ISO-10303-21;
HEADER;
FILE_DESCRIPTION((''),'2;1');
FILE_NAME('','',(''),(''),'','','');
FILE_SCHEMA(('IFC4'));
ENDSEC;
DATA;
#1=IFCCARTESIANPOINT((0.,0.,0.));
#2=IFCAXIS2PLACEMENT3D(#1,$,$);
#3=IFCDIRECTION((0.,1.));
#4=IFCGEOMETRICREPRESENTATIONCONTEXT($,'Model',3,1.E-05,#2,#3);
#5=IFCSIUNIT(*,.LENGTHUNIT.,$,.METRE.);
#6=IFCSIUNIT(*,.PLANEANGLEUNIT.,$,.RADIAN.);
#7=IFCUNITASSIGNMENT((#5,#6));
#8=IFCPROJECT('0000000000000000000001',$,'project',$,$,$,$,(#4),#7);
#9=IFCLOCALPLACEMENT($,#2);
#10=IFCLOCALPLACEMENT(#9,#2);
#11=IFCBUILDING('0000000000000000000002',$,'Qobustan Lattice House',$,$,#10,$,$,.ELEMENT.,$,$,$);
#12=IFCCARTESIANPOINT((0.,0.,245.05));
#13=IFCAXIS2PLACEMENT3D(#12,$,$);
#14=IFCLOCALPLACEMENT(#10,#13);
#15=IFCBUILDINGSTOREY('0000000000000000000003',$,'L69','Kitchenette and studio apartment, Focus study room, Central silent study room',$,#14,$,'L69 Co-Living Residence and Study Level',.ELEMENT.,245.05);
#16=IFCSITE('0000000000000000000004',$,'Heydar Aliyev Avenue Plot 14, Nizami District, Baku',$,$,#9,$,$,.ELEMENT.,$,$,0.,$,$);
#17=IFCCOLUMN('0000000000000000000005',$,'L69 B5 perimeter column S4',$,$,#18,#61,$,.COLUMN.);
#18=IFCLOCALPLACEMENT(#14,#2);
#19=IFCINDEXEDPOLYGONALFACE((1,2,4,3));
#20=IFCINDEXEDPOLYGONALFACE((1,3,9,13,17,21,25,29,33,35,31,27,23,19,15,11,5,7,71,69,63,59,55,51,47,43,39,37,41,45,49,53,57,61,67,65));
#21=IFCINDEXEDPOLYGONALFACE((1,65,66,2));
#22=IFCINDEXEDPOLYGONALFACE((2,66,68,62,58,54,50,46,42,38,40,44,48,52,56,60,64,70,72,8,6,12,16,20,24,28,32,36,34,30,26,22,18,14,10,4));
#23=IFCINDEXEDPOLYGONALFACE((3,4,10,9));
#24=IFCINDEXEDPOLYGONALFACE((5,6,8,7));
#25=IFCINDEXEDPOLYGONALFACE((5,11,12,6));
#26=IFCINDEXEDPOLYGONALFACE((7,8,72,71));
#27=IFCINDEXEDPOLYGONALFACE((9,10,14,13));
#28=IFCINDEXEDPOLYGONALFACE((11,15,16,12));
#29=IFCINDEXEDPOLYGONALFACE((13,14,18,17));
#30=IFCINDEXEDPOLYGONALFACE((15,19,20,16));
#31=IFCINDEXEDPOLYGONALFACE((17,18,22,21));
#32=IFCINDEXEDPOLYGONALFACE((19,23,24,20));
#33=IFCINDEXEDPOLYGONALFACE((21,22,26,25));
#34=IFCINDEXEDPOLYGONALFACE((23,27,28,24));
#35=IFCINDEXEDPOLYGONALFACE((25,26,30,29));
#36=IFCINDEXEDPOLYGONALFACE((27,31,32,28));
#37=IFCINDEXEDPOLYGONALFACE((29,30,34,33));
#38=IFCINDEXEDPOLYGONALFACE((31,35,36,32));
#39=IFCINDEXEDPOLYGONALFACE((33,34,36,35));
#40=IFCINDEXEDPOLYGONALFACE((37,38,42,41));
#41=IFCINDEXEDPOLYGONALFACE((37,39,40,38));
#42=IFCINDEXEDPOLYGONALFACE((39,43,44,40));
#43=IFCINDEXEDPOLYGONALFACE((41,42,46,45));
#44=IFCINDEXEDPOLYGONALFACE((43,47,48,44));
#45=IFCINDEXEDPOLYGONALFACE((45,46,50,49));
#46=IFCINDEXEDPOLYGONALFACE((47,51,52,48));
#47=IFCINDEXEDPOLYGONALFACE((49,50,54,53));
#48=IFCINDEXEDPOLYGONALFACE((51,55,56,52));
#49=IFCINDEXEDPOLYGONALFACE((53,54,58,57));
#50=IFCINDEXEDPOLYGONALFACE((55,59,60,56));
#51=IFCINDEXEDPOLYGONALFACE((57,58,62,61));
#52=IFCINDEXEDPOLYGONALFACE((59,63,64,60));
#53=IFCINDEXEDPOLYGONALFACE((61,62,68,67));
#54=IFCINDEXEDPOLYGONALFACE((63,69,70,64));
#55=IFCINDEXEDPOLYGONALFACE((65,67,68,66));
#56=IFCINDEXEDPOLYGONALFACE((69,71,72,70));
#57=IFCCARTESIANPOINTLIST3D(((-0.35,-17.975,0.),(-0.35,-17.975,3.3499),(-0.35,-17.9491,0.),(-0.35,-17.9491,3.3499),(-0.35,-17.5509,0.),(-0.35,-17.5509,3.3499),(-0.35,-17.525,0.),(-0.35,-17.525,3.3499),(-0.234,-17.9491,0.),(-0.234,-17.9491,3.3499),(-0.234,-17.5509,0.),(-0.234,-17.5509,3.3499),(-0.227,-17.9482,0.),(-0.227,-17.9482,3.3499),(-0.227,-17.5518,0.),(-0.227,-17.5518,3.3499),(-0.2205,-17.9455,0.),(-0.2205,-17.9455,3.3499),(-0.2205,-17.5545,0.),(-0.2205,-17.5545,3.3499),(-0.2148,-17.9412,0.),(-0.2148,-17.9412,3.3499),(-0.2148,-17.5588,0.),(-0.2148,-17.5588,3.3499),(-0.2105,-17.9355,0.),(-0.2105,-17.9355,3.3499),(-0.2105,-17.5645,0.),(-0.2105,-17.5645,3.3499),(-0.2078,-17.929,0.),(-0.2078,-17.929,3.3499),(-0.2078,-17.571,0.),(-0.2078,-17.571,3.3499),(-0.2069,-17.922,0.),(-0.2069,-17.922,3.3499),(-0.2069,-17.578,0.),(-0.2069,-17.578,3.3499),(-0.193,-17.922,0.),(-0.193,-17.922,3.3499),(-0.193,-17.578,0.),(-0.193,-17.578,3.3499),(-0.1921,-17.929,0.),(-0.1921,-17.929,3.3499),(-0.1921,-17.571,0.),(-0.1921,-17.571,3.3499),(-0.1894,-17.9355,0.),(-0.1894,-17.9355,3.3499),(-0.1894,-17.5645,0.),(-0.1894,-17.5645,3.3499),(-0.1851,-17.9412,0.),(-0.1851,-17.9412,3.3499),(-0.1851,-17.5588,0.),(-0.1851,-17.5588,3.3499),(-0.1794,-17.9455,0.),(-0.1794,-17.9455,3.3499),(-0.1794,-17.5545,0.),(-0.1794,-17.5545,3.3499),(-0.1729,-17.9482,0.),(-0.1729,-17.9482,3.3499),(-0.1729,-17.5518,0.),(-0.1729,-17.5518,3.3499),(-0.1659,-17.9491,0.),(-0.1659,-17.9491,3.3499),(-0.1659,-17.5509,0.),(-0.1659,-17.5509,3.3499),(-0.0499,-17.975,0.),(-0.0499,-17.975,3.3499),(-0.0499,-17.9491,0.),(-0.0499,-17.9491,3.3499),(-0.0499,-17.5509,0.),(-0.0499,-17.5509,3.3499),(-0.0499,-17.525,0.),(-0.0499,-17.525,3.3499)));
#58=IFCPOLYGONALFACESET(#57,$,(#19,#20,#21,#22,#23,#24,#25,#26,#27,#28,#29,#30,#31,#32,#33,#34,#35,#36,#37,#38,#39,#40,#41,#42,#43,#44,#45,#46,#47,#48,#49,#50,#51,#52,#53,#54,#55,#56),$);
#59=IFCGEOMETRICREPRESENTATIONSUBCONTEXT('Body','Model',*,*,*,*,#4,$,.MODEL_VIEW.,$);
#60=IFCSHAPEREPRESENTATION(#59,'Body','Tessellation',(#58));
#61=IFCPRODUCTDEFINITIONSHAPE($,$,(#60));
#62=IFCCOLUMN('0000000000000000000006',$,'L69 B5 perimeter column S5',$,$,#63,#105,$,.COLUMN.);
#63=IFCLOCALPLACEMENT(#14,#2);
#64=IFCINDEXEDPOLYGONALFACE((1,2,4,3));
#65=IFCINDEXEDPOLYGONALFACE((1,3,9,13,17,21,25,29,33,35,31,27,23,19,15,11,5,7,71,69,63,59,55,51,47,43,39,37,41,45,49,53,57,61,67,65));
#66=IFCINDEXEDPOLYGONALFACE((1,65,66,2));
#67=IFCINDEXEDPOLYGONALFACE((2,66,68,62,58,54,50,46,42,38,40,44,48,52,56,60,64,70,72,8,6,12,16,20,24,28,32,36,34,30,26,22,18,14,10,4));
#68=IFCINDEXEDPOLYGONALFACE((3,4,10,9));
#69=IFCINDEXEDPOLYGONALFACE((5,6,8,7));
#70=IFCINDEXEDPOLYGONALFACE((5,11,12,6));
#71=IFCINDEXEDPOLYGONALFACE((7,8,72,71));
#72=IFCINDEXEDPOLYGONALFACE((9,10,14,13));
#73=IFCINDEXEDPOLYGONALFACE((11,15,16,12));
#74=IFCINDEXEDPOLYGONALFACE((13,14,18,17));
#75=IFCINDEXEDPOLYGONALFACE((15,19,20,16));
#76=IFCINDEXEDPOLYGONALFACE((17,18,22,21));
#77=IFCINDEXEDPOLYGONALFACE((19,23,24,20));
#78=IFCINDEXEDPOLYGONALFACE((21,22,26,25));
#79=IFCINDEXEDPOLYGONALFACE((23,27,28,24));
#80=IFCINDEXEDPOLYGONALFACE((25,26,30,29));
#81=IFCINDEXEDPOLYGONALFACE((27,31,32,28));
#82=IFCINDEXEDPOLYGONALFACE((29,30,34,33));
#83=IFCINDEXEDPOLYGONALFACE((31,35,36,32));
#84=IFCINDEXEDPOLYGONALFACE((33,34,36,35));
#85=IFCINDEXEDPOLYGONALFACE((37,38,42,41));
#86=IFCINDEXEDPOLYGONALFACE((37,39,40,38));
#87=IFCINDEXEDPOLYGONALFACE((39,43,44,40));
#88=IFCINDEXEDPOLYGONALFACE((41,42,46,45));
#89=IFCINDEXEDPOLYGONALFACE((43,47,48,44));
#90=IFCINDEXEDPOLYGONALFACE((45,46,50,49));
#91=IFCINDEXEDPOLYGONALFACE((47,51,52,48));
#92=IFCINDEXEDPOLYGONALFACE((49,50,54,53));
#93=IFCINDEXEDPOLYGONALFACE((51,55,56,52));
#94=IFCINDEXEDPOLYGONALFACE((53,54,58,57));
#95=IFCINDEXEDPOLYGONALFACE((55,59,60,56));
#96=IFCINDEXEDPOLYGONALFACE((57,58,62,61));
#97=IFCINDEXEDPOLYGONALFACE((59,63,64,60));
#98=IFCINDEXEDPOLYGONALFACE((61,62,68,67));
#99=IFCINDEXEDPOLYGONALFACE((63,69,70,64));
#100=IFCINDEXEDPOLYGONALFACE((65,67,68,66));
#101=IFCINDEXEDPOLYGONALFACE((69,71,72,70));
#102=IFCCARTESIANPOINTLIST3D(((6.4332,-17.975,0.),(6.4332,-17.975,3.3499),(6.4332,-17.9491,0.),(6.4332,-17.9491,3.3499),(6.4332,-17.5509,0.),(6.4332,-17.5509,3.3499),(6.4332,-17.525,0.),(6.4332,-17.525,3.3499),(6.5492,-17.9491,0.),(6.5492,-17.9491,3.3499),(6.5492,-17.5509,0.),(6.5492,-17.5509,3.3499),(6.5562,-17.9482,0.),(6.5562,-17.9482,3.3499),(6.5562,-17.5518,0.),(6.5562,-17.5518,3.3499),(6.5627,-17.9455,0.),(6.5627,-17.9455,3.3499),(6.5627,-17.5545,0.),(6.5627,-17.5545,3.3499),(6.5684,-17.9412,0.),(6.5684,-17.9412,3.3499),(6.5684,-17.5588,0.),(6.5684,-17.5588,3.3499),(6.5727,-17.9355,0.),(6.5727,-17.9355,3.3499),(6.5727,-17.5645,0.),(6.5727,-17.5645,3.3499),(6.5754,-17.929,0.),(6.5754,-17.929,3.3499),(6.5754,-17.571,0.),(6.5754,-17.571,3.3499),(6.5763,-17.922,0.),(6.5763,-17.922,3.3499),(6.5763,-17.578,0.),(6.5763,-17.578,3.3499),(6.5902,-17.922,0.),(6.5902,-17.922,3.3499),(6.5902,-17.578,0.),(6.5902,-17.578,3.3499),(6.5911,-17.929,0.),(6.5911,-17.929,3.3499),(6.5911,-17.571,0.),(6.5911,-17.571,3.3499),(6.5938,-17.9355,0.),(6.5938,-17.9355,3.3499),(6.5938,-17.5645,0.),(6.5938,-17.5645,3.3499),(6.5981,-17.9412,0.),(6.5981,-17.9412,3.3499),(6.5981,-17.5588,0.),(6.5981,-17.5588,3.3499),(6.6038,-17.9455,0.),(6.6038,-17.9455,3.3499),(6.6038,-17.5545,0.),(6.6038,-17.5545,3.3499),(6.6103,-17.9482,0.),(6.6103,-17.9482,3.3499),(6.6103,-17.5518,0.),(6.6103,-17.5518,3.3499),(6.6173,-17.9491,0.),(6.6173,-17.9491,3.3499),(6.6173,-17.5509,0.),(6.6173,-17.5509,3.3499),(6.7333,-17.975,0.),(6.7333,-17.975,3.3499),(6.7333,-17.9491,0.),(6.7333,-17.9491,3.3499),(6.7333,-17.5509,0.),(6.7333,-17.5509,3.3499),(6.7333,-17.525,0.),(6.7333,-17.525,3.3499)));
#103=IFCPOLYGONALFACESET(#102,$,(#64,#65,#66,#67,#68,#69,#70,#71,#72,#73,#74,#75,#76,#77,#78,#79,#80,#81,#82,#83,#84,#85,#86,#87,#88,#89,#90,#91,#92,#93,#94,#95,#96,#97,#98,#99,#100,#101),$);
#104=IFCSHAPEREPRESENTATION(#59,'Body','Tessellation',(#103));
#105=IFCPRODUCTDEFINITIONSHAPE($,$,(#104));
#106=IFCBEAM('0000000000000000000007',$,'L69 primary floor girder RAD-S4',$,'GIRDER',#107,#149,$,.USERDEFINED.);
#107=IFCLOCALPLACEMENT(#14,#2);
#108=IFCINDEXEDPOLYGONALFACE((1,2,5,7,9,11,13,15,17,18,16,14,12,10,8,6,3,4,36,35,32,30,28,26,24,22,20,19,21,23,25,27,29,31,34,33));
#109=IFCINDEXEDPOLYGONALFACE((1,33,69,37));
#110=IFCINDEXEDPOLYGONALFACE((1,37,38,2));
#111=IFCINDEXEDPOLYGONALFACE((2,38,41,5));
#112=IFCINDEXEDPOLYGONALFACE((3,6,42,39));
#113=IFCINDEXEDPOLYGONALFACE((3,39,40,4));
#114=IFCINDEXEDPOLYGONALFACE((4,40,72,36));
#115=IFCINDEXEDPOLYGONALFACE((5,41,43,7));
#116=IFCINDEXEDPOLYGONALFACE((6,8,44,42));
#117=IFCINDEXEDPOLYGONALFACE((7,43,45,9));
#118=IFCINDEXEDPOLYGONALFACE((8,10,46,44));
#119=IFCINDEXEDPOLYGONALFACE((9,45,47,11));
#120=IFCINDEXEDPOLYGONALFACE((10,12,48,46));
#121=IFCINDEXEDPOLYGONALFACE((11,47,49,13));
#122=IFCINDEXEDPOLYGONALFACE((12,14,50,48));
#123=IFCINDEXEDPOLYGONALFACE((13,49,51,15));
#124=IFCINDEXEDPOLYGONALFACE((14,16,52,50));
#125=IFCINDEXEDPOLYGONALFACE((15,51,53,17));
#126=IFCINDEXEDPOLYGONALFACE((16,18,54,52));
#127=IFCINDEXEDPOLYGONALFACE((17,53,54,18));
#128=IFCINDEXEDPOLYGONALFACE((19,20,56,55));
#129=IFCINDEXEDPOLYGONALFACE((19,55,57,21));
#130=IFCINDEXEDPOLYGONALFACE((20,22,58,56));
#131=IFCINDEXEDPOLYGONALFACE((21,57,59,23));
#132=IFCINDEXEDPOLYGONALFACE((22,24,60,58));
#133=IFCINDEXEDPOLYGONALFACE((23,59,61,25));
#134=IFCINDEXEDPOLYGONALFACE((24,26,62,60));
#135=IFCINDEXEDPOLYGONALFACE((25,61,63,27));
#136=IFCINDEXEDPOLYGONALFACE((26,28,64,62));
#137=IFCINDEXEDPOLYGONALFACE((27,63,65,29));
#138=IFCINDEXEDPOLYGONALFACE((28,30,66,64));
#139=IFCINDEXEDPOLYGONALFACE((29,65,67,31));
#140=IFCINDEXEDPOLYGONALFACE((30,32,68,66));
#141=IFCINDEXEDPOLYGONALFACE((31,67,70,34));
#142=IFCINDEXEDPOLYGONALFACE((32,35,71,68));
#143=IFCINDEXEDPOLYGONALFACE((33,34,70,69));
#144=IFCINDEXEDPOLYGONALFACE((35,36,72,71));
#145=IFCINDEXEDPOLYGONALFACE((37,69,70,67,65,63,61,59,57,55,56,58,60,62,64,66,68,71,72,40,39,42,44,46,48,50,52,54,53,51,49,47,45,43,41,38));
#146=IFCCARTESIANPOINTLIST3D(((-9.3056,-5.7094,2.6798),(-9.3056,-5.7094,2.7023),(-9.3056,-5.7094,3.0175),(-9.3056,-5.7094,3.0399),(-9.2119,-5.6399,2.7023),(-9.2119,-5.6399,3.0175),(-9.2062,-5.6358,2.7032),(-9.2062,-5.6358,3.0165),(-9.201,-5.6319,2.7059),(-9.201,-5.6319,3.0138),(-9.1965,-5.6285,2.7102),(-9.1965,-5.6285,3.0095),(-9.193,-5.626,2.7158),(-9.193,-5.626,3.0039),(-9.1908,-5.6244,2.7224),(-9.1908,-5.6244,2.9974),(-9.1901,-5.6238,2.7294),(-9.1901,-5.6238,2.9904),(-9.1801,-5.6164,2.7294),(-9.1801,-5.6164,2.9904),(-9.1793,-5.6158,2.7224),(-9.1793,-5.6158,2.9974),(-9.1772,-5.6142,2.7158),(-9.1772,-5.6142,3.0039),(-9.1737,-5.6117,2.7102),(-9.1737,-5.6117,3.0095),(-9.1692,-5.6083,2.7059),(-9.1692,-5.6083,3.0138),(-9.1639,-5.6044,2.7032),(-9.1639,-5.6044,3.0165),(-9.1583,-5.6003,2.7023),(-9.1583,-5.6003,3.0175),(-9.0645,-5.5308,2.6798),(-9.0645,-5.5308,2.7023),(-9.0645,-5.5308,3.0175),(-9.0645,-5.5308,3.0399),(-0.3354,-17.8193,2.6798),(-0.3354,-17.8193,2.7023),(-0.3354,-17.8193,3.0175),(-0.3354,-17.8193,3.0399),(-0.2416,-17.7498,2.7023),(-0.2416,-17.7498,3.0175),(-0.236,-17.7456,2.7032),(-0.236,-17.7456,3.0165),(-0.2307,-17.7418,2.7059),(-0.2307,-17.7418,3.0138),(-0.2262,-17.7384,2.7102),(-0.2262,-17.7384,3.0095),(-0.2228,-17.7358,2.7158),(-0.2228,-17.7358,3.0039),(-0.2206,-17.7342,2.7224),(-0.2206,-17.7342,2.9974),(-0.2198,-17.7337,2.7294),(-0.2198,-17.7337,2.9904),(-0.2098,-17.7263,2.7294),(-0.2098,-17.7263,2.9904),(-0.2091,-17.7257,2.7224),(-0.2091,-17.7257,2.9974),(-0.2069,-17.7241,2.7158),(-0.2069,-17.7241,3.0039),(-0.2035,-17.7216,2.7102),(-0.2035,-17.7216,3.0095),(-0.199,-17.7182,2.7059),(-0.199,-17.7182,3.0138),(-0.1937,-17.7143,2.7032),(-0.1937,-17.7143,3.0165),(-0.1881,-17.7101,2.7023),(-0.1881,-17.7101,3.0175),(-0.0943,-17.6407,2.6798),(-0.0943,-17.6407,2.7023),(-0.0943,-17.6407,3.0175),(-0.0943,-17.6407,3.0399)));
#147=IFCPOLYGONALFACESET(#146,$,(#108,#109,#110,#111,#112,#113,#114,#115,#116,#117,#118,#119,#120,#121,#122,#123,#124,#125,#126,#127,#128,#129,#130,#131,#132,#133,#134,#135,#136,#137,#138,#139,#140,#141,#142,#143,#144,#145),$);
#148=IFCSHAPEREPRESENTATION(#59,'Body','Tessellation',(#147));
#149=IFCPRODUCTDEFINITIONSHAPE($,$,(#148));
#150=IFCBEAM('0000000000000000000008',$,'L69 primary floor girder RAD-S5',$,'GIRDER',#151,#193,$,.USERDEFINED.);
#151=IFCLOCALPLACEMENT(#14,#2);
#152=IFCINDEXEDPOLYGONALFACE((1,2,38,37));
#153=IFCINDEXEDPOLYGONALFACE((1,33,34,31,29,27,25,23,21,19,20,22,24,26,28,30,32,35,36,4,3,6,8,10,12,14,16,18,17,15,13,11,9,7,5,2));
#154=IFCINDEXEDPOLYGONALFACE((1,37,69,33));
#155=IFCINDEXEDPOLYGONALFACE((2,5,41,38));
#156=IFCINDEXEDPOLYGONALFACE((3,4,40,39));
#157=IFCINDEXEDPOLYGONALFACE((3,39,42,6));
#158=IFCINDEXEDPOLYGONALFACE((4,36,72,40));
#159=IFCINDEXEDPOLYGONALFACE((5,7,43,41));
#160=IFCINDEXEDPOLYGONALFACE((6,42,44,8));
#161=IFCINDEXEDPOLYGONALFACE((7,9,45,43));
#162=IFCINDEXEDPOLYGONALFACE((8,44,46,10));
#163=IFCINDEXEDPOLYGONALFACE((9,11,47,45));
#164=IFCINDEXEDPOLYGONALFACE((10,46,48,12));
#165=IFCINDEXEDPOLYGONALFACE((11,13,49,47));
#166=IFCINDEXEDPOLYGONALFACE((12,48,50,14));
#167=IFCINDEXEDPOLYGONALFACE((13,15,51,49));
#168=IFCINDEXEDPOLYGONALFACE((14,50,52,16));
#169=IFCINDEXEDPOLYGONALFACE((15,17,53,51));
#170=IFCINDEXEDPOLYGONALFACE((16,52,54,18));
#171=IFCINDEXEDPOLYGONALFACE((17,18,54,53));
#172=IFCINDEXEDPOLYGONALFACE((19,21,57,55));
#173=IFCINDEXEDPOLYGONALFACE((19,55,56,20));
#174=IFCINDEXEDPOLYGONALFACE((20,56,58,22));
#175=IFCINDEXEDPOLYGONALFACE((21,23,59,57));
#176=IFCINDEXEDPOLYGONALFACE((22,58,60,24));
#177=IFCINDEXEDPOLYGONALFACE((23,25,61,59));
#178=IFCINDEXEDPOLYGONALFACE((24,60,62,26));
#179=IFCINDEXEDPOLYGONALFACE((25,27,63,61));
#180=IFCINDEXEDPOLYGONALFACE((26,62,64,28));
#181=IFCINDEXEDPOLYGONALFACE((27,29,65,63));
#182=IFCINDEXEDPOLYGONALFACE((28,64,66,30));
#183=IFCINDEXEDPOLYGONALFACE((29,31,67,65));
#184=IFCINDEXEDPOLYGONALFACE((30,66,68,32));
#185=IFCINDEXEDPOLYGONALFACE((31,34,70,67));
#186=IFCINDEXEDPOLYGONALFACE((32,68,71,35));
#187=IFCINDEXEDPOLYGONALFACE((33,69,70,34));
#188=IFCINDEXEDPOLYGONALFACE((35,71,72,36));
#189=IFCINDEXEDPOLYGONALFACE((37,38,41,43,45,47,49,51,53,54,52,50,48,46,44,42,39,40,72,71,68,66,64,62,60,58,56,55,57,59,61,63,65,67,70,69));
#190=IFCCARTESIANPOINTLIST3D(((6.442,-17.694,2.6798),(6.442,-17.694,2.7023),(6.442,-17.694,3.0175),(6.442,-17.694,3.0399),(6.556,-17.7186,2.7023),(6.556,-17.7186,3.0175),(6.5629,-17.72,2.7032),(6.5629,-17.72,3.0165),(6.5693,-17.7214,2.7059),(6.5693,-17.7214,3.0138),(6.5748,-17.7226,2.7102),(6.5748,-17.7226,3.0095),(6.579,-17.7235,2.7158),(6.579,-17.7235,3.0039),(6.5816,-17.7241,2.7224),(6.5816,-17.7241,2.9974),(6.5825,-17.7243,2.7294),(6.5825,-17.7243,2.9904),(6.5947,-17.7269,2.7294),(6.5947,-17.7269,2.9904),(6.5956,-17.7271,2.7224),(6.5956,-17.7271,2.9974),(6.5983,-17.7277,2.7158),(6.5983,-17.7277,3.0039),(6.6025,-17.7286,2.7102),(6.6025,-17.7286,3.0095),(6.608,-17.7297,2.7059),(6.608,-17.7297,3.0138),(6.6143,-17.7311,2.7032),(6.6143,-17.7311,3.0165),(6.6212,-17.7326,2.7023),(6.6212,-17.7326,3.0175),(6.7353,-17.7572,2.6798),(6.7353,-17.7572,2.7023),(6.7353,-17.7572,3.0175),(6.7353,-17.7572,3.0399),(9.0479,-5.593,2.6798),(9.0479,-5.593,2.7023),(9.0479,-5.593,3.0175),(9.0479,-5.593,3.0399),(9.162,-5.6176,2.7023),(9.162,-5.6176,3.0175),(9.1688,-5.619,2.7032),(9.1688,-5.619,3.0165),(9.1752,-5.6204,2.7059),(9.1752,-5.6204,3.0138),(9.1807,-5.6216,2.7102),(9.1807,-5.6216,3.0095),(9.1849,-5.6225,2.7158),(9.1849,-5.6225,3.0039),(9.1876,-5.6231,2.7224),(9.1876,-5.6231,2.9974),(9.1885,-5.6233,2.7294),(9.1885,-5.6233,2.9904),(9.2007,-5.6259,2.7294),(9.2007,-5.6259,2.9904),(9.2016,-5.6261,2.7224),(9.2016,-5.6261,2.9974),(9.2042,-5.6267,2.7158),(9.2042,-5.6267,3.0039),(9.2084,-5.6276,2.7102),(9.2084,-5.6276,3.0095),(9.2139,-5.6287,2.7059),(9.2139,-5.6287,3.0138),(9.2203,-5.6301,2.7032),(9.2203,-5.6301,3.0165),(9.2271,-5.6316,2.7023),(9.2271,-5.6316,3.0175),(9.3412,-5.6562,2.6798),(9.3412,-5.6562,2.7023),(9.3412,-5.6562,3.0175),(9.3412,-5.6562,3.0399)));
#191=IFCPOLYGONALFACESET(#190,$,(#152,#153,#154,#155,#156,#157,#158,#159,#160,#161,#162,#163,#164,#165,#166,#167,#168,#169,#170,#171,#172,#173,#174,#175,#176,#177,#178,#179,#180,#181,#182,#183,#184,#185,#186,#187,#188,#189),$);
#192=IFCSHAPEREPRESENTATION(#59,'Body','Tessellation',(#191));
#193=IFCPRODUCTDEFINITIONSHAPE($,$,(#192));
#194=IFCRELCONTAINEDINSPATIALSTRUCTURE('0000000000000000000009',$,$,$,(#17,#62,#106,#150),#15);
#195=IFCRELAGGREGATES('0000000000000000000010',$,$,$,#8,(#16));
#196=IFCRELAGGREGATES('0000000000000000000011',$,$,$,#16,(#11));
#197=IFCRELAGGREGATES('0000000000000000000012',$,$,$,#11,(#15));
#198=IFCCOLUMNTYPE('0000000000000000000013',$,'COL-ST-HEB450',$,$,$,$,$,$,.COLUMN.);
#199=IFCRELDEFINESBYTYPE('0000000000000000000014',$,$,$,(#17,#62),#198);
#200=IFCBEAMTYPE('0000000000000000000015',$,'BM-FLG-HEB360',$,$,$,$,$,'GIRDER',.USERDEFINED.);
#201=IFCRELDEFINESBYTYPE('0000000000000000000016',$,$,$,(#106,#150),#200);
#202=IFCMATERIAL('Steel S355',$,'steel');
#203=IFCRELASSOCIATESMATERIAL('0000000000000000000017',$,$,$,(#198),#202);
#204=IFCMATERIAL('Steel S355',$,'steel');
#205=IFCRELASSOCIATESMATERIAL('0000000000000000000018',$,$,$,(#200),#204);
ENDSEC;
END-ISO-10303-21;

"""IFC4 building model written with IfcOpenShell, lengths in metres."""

from ifc_helpers import new_model, si_unit, direction, frame, origin, origin_2d, place, context, subcontext, project, spatial, i_section, extrude, material, material_profile, profile_set, type_object, element, save


model = new_model("IFC4")

# Units and contexts
model_context = context("Model", 3, precision=1e-05, world=origin(), true_north=direction((0.0, 1.0)))
body_context = subcontext(model_context, "Body", "Model", "MODEL_VIEW")
ifc_project = project(units=[si_unit("LENGTHUNIT", "METRE"), si_unit("PLANEANGLEUNIT", "RADIAN")], contexts=[model_context])

# Site, building, storey
site_placement = place(None, origin())
site = spatial("IfcSite", under=ifc_project, at=site_placement, Name="Heydar Aliyev Avenue Plot 14, Nizami District, Baku", CompositionType="ELEMENT", RefElevation=0.0)
building_placement = place(site_placement, origin())
building = spatial("IfcBuilding", under=site, at=building_placement, Name="Qobustan Lattice House", CompositionType="ELEMENT")
storey_placement = place(building_placement, frame((0.0, 0.0, 245.05)))
storey = spatial("IfcBuildingStorey", under=building, at=storey_placement, Name="L69", Description="Kitchenette and studio apartment, Focus study room, Central silent study room", LongName="L69 Co-Living Residence and Study Level", CompositionType="ELEMENT", Elevation=245.05)

# Columns
ifc_material_1 = material(Name="Steel S355", Category="steel")
ifc_material_profile_1 = material_profile(ifc_material_1, i_section(OverallWidth=0.3, OverallDepth=0.45, WebThickness=0.0139, FlangeThickness=0.0259, FilletRadius=0.0271, at=origin_2d()), Name="HEB450")
ifc_profile_set_1 = profile_set([ifc_material_profile_1], Name="Steel S355")
column_type = type_object("IfcColumnType", Name="COL-ST-HEB450", PredefinedType="COLUMN", material=ifc_profile_set_1)
for number, where, z_axis, x_axis, name in (
    (1, (-0.2, -17.75, 0.0), (0.0, 0.0, 1.0), (1.0, 0.0, 0.0), "L69 B5 perimeter column S4"),
    (2, (6.5833, -17.75, 0.0), (0.0, 0.0, 1.0), (1.0, 0.0, 0.0), "L69 B5 perimeter column S5"),
):
    element("IfcColumn", number, at=place(storey_placement, frame(where, z_axis=z_axis, x_axis=x_axis)), inside=storey, type_object=column_type, Name=name, PredefinedType="COLUMN", context=body_context, shape_type="SweptSolid", body=[
        extrude(i_section(OverallWidth=0.3, OverallDepth=0.45, WebThickness=0.0139, FlangeThickness=0.0259, FilletRadius=0.0271, at=origin_2d()), origin(), (0.0, 0.0, 1.0), 3.3499),
    ])

# Beams
ifc_material_2 = material(Name="Steel S355", Category="steel")
ifc_material_profile_2 = material_profile(ifc_material_2, i_section(OverallWidth=0.3, OverallDepth=0.3601, WebThickness=0.0125, FlangeThickness=0.0225, FilletRadius=0.0271, at=origin_2d()), Name="HEB360")
ifc_profile_set_2 = profile_set([ifc_material_profile_2], Name="Steel S355")
beam_type_1 = type_object("IfcBeamType", Name="BM-FLG-HEB360", ElementType="GIRDER", PredefinedType="USERDEFINED", material=ifc_profile_set_2)
beam_1_placement = place(storey_placement, frame((-0.2148, -17.73, 2.8599), z_axis=(-0.595225, 0.803559, 0.0), x_axis=(-0.803559, -0.595225, 0.0)))
element("IfcBeam", 3, at=beam_1_placement, inside=storey, type_object=beam_type_1, Name="L69 primary floor girder RAD-S4", ObjectType="GIRDER", PredefinedType="USERDEFINED", context=body_context, shape_type="SweptSolid", body=[
    extrude(i_section(OverallWidth=0.3, OverallDepth=0.3601, WebThickness=0.0125, FlangeThickness=0.0225, FilletRadius=0.0271, at=origin_2d()), origin(), (0.0, 0.0, 1.0), 15.0703),
])
beam_2_placement = place(storey_placement, frame((6.5886, -17.7256, 2.8599), z_axis=(0.210523, 0.977589, 0.0), x_axis=(-0.977589, 0.210523, 0.0)))
element("IfcBeam", 4, at=beam_2_placement, inside=storey, type_object=beam_type_1, Name="L69 primary floor girder RAD-S5", ObjectType="GIRDER", PredefinedType="USERDEFINED", context=body_context, shape_type="SweptSolid", body=[
    extrude(i_section(OverallWidth=0.3, OverallDepth=0.3601, WebThickness=0.0125, FlangeThickness=0.0225, FilletRadius=0.0271, at=origin_2d()), origin(), (0.0, 0.0, 1.0), 12.3784),
])

save(model, "model.ifc")
